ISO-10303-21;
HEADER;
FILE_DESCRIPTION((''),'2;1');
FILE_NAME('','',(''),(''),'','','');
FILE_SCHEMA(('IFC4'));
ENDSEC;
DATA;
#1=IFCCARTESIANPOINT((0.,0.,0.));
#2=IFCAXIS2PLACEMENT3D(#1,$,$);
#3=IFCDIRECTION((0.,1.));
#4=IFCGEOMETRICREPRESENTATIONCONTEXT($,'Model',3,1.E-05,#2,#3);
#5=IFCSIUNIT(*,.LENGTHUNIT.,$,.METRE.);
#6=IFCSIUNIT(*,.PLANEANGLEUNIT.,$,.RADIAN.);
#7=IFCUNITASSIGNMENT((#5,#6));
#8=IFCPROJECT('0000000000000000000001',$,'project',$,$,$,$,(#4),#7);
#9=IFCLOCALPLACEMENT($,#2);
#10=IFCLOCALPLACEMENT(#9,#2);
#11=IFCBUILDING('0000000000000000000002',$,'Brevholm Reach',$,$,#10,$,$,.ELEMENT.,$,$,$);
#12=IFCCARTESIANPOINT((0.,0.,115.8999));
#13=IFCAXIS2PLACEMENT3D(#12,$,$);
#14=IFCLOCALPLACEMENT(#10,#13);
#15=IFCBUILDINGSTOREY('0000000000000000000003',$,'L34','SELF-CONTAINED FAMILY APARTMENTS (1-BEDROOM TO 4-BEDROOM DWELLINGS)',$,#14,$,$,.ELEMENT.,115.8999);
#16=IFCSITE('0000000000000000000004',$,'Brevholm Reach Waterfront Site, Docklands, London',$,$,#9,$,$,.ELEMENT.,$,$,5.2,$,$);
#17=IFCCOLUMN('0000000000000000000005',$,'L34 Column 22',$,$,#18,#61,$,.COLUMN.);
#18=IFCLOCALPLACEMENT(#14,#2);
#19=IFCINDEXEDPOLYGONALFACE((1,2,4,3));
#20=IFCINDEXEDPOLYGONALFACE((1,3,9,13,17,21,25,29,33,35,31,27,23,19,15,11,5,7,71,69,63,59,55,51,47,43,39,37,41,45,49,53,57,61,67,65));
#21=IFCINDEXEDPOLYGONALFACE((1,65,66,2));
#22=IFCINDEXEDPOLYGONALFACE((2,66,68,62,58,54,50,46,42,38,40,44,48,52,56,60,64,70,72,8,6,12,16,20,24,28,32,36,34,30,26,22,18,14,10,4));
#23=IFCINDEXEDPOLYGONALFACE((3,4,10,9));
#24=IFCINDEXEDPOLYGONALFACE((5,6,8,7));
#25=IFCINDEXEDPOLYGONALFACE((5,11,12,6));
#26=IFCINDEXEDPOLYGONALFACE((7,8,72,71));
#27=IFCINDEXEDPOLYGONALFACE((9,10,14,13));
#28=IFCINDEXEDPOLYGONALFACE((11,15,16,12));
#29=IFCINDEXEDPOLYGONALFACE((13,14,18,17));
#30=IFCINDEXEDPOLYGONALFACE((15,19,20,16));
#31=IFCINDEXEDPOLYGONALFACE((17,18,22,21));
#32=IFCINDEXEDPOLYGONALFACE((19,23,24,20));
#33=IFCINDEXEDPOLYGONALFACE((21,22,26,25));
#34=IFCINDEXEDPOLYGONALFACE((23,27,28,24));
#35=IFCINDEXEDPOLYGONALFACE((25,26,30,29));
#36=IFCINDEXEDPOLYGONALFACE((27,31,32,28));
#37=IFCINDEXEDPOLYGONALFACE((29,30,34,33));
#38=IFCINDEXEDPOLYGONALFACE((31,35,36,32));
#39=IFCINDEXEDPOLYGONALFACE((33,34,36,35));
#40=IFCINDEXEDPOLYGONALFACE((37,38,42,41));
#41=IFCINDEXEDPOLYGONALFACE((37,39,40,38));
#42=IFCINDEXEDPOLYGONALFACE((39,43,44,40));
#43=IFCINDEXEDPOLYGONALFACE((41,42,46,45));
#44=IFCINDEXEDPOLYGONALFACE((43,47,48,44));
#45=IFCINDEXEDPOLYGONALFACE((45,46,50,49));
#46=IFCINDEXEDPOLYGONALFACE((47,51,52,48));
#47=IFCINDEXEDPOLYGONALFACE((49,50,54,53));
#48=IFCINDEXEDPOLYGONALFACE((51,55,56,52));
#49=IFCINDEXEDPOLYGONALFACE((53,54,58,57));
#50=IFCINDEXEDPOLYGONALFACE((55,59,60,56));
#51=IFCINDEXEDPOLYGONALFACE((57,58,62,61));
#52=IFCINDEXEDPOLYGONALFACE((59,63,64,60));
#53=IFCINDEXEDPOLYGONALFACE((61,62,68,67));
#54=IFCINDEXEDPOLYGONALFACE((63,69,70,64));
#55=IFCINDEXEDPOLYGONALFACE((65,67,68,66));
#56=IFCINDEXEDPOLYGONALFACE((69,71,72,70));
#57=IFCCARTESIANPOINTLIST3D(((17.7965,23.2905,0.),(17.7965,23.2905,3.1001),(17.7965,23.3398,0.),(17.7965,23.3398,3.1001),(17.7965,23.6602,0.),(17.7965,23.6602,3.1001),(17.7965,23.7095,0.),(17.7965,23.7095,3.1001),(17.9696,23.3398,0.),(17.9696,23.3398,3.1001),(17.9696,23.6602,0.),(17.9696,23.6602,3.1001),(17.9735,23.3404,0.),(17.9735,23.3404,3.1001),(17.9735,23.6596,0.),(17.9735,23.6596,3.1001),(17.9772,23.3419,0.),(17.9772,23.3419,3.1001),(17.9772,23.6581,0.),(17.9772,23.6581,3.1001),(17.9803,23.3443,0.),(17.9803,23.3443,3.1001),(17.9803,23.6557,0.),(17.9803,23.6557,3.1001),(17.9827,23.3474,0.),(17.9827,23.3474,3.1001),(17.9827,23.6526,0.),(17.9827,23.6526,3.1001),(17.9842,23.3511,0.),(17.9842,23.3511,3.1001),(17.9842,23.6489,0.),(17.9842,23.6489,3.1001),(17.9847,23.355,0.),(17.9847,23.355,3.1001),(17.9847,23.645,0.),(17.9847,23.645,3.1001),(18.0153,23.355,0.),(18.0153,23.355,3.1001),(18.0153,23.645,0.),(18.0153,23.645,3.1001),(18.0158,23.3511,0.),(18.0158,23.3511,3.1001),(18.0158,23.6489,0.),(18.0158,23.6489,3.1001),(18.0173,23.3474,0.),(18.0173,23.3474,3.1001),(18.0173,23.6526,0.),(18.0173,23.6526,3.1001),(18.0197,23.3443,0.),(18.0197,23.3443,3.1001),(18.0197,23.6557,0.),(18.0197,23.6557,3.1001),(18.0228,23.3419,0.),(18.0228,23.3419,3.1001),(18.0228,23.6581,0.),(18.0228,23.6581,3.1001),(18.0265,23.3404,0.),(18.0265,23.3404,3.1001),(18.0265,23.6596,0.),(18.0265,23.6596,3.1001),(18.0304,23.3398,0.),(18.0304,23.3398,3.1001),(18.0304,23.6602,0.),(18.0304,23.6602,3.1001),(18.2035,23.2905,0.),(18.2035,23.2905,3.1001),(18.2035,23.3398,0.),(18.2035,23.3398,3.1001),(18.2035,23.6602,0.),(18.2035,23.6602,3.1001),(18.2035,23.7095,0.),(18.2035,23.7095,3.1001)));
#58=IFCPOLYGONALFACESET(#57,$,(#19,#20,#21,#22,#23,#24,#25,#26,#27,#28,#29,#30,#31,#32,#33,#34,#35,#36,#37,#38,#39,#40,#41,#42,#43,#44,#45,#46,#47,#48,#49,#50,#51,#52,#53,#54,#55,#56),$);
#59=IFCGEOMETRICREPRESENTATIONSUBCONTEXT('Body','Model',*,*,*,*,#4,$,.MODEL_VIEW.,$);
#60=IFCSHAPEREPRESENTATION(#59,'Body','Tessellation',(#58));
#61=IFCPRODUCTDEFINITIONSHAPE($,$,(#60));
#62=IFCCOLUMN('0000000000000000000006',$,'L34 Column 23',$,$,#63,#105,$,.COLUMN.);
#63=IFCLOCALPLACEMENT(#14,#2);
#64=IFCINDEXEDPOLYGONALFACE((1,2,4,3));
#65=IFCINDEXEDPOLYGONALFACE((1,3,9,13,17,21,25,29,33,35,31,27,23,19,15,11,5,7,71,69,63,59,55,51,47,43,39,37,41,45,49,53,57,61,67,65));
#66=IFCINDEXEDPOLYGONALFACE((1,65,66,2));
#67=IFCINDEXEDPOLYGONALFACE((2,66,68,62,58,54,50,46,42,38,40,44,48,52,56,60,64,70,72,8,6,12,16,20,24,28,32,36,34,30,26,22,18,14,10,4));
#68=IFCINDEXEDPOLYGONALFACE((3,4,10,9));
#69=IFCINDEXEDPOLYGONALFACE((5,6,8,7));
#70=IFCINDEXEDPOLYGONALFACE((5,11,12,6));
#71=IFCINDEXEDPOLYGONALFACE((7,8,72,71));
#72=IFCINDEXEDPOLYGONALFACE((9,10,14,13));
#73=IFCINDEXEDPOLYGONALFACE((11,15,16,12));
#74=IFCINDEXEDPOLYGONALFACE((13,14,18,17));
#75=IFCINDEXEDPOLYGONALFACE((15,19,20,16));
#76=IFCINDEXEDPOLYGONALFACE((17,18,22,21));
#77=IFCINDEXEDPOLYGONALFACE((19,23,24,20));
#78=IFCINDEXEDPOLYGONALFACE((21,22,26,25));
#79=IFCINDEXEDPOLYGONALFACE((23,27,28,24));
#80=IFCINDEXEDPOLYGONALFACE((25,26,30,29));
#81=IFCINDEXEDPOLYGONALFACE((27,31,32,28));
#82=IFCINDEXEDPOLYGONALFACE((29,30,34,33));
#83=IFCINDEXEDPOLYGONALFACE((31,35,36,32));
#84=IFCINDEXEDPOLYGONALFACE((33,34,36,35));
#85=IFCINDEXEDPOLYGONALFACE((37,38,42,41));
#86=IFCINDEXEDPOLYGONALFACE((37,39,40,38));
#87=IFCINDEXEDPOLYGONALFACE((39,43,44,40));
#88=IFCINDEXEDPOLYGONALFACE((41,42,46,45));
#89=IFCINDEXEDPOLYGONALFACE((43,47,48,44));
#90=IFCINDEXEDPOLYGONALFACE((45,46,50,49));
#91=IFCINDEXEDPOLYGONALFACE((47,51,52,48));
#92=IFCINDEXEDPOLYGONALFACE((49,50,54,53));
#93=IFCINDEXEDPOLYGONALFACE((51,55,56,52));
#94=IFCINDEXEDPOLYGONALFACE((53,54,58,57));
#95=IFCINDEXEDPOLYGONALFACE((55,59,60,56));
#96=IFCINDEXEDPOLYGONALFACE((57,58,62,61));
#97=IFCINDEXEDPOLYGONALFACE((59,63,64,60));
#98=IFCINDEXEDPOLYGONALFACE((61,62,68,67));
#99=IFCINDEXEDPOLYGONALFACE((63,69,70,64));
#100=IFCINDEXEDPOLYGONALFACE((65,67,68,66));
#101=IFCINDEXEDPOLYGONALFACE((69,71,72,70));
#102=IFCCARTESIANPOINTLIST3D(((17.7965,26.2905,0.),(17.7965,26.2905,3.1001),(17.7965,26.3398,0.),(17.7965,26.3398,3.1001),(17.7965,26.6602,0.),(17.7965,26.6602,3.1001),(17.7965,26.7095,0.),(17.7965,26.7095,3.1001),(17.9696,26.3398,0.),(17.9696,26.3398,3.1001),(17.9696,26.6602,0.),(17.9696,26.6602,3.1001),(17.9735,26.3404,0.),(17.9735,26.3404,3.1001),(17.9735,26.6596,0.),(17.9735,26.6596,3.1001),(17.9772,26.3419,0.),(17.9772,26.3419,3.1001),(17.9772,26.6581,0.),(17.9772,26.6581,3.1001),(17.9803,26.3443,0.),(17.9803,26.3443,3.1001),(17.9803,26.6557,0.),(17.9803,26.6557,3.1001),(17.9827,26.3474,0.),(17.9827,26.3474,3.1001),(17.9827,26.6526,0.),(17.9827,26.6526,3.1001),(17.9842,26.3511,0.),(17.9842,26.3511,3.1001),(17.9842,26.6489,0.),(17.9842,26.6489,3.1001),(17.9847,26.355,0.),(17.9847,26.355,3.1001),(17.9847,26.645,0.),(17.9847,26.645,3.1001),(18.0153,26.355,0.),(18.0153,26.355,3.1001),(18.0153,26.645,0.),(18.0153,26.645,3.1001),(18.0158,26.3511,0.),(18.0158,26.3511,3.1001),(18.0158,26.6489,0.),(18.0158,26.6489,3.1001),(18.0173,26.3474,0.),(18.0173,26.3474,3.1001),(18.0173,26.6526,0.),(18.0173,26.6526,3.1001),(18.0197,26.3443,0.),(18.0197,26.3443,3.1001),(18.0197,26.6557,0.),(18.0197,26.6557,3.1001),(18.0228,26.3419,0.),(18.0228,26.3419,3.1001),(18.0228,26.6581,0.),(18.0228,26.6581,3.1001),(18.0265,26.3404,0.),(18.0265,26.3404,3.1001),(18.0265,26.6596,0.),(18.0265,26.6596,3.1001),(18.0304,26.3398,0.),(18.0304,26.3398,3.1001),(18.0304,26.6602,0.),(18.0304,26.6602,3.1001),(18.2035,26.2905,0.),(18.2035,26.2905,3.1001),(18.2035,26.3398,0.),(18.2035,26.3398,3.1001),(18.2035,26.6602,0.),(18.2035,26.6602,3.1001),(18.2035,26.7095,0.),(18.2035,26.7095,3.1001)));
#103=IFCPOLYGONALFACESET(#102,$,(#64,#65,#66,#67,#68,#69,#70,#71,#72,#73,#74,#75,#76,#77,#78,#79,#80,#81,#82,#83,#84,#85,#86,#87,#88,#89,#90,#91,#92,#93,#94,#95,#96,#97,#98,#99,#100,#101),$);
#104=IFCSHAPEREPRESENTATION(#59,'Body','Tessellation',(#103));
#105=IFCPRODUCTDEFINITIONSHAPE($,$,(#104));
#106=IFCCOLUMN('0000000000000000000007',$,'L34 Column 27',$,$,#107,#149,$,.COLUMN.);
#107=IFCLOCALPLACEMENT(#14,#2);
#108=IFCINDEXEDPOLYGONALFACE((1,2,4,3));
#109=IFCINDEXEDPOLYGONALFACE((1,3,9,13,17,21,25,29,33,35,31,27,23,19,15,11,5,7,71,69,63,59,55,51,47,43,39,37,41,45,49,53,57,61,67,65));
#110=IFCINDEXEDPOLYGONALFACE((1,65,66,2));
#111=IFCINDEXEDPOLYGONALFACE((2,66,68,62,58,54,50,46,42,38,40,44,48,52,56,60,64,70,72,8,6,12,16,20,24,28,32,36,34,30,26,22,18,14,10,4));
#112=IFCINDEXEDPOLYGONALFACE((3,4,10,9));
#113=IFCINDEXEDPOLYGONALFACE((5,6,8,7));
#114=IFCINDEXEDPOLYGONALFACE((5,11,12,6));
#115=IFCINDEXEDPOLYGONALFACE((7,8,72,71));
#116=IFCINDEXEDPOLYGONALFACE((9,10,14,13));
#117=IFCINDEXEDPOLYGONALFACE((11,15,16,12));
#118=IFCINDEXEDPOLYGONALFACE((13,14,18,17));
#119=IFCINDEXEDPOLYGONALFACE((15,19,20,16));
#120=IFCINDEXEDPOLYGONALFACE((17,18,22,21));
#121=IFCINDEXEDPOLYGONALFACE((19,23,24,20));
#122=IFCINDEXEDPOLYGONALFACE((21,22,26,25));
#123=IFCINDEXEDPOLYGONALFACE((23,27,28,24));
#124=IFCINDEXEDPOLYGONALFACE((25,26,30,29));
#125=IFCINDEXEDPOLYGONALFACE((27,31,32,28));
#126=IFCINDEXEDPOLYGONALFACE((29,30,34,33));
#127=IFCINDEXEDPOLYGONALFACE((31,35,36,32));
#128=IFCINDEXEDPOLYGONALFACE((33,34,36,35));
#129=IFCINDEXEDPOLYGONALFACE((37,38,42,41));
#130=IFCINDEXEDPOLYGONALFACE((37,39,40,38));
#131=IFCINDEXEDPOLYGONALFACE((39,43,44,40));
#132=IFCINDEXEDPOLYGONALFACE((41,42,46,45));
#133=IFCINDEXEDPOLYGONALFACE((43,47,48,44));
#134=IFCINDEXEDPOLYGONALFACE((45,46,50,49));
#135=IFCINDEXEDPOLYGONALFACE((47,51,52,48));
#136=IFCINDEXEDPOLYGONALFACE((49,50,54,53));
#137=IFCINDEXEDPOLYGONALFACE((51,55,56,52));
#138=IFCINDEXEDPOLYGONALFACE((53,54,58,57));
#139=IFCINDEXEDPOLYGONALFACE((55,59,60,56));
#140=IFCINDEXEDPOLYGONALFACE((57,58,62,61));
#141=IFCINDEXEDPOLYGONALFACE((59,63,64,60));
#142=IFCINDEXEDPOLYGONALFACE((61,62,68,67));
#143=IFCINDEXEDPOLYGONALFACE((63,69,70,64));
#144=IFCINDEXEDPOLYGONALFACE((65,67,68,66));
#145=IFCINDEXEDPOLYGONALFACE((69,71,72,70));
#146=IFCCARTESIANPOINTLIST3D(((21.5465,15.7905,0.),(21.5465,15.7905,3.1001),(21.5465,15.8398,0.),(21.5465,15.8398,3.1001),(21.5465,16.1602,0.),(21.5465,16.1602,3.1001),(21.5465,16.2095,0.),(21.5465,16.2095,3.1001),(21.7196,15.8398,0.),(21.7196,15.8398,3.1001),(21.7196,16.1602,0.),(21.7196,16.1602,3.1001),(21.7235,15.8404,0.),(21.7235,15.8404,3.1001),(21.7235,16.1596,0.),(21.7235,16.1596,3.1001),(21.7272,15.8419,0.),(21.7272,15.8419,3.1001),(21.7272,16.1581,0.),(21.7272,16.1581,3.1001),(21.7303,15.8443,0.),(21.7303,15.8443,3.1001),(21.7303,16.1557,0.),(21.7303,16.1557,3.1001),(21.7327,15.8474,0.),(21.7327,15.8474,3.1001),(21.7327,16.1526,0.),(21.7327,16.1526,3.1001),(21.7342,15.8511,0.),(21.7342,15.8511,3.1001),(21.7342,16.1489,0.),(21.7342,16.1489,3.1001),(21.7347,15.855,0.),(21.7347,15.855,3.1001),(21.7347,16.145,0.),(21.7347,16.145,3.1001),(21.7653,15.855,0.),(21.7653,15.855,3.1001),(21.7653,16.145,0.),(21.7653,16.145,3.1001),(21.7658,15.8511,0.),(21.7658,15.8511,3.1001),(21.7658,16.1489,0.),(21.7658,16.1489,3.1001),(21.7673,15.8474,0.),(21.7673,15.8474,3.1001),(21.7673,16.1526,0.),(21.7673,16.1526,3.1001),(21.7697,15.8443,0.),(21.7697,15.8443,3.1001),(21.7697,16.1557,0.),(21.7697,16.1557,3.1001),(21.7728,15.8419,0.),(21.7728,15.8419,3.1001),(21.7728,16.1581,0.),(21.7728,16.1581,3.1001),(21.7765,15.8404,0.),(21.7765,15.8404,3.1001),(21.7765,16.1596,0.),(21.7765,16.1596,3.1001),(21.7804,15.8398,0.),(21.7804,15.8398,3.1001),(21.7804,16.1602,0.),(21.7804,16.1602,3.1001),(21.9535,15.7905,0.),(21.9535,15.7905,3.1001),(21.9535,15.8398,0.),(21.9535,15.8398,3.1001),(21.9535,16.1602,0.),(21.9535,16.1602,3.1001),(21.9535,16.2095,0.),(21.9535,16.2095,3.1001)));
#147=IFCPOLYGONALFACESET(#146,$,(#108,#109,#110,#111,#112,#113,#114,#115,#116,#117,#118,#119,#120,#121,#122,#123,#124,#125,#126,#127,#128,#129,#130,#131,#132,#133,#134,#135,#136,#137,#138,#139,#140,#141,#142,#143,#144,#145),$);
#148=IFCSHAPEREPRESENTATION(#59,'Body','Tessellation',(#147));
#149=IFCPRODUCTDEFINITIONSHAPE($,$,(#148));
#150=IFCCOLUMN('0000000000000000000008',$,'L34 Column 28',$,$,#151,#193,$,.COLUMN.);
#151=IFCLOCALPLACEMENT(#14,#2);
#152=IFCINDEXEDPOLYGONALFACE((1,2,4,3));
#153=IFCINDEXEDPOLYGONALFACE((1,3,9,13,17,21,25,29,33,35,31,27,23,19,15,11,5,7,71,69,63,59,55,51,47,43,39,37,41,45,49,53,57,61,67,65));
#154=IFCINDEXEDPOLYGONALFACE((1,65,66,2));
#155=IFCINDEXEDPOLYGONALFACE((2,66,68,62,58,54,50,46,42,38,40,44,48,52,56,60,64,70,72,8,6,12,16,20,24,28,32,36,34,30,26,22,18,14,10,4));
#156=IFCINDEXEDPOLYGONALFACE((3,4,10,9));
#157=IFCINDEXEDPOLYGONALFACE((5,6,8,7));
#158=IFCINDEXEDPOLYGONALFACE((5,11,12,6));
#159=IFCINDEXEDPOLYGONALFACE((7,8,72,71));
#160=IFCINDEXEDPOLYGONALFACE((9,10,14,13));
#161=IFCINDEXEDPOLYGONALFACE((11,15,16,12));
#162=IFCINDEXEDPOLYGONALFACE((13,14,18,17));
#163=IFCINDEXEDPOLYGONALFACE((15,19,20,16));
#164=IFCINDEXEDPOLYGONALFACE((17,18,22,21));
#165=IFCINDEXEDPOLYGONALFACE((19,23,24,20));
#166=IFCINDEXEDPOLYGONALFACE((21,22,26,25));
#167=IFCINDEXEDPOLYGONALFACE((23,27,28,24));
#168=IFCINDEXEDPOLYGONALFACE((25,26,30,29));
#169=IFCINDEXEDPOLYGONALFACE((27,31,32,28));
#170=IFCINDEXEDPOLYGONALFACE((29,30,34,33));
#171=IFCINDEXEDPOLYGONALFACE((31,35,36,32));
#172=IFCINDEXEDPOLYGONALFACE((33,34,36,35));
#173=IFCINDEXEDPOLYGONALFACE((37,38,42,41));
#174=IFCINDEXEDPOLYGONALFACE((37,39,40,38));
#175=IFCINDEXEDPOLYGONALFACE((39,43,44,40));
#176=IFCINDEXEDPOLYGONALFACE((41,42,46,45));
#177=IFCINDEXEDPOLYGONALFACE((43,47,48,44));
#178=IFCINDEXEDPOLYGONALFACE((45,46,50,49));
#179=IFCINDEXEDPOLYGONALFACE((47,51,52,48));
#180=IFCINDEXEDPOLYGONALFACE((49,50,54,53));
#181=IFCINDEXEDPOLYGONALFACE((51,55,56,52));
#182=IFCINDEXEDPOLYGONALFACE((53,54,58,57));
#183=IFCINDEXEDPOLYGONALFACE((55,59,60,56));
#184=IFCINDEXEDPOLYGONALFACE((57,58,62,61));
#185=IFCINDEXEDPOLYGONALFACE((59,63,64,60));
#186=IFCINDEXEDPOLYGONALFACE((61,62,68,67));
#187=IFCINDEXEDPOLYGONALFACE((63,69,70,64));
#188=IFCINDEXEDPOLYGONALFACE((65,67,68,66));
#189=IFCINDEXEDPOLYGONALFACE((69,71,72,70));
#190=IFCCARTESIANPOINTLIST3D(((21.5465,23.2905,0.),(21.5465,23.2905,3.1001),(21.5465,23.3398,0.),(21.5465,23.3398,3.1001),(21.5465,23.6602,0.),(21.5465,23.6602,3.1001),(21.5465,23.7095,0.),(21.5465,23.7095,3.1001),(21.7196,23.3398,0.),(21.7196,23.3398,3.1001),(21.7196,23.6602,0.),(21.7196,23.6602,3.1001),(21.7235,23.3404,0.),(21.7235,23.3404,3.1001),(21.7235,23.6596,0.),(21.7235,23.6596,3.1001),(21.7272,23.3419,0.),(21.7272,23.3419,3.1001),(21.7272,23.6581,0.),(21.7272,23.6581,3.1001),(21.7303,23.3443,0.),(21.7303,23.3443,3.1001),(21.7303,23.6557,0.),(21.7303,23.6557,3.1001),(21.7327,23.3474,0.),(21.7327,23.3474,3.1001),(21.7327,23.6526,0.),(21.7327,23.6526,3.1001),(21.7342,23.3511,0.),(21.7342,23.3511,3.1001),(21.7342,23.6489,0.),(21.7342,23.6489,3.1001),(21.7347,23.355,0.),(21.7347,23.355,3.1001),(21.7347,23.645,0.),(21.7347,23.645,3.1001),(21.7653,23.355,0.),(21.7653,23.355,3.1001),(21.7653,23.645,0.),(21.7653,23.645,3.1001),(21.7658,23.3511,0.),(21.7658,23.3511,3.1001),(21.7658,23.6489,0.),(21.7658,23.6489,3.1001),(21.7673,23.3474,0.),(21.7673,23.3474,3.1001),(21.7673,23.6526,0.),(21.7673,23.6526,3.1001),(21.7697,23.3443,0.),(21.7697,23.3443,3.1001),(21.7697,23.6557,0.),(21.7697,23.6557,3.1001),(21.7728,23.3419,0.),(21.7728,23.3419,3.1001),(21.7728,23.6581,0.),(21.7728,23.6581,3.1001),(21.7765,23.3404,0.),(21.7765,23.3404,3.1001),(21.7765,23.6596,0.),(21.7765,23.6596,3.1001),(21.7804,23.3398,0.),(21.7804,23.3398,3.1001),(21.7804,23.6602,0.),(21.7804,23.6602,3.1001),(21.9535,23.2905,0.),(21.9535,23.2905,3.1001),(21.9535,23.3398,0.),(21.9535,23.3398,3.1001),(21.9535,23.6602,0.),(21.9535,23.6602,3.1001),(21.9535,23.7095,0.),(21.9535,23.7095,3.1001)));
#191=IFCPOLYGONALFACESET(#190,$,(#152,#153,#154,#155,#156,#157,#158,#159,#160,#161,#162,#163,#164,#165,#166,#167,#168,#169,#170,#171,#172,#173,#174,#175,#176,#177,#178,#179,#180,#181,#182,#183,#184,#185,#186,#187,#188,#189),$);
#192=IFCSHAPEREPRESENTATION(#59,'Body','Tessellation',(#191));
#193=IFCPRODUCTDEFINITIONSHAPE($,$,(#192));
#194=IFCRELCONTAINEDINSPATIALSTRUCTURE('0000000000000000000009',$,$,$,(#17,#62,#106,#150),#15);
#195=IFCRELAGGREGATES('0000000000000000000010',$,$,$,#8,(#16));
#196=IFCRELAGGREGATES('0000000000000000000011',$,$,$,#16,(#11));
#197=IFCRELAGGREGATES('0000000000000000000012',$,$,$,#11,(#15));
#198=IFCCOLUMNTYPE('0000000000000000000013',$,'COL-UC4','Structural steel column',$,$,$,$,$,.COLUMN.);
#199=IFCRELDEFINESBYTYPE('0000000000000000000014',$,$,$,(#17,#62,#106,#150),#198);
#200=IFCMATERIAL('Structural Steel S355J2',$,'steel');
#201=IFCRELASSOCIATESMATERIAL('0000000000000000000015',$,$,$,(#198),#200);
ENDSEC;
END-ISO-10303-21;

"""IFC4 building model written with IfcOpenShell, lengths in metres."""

from ifc_helpers import new_model, si_unit, direction, frame, origin, origin_2d, place, context, subcontext, project, spatial, i_section, extrude, material, material_profile, profile_set, type_object, element, save


model = new_model("IFC4")

# Units and contexts
model_context = context("Model", 3, precision=1e-05, world=origin(), true_north=direction((0.0, 1.0)))
body_context = subcontext(model_context, "Body", "Model", "MODEL_VIEW")
ifc_project = project(units=[si_unit("LENGTHUNIT", "METRE"), si_unit("PLANEANGLEUNIT", "RADIAN")], contexts=[model_context])

# Site, building, storey
site_placement = place(None, origin())
site = spatial("IfcSite", under=ifc_project, at=site_placement, Name="Brevholm Reach Waterfront Site, Docklands, London", CompositionType="ELEMENT", RefElevation=5.2)
building_placement = place(site_placement, origin())
building = spatial("IfcBuilding", under=site, at=building_placement, Name="Brevholm Reach", CompositionType="ELEMENT")
storey_placement = place(building_placement, frame((0.0, 0.0, 115.8999)))
storey = spatial("IfcBuildingStorey", under=building, at=storey_placement, Name="L34", Description="SELF-CONTAINED FAMILY APARTMENTS (1-BEDROOM TO 4-BEDROOM DWELLINGS)", CompositionType="ELEMENT", Elevation=115.8999)

# Columns
ifc_material_1 = material(Name="Structural Steel S355J2", Category="steel")
ifc_material_profile_1 = material_profile(ifc_material_1, i_section(OverallWidth=0.407, OverallDepth=0.4189, WebThickness=0.0305, FlangeThickness=0.0493, FilletRadius=0.0151, at=origin_2d()), Name="UKC 356x406x393")
ifc_profile_set_1 = profile_set([ifc_material_profile_1], Name="Structural Steel S355J2")
column_type_1 = type_object("IfcColumnType", Name="COL-UC4", Description="Structural steel column", PredefinedType="COLUMN", material=ifc_profile_set_1)
for number, where, z_axis, x_axis, name in (
    (1, (18.0, 23.5, 0.0), (0.0, 0.0, 1.0), (1.0, 0.0, 0.0), "L34 Column 22"),
    (2, (18.0, 26.5, 0.0), (0.0, 0.0, 1.0), (1.0, 0.0, 0.0), "L34 Column 23"),
    (3, (21.75, 16.0, 0.0), (0.0, 0.0, 1.0), (1.0, 0.0, 0.0), "L34 Column 27"),
    (4, (21.75, 23.5, 0.0), (0.0, 0.0, 1.0), (1.0, 0.0, 0.0), "L34 Column 28"),
):
    element("IfcColumn", number, at=place(storey_placement, frame(where, z_axis=z_axis, x_axis=x_axis)), inside=storey, type_object=column_type_1, Name=name, PredefinedType="COLUMN", context=body_context, shape_type="SweptSolid", body=[
        extrude(i_section(OverallWidth=0.407, OverallDepth=0.4189, WebThickness=0.0305, FlangeThickness=0.0493, FilletRadius=0.0151, at=origin_2d()), origin(), (0.0, 0.0, 1.0), 3.1001),
    ])

save(model, "model.ifc")
